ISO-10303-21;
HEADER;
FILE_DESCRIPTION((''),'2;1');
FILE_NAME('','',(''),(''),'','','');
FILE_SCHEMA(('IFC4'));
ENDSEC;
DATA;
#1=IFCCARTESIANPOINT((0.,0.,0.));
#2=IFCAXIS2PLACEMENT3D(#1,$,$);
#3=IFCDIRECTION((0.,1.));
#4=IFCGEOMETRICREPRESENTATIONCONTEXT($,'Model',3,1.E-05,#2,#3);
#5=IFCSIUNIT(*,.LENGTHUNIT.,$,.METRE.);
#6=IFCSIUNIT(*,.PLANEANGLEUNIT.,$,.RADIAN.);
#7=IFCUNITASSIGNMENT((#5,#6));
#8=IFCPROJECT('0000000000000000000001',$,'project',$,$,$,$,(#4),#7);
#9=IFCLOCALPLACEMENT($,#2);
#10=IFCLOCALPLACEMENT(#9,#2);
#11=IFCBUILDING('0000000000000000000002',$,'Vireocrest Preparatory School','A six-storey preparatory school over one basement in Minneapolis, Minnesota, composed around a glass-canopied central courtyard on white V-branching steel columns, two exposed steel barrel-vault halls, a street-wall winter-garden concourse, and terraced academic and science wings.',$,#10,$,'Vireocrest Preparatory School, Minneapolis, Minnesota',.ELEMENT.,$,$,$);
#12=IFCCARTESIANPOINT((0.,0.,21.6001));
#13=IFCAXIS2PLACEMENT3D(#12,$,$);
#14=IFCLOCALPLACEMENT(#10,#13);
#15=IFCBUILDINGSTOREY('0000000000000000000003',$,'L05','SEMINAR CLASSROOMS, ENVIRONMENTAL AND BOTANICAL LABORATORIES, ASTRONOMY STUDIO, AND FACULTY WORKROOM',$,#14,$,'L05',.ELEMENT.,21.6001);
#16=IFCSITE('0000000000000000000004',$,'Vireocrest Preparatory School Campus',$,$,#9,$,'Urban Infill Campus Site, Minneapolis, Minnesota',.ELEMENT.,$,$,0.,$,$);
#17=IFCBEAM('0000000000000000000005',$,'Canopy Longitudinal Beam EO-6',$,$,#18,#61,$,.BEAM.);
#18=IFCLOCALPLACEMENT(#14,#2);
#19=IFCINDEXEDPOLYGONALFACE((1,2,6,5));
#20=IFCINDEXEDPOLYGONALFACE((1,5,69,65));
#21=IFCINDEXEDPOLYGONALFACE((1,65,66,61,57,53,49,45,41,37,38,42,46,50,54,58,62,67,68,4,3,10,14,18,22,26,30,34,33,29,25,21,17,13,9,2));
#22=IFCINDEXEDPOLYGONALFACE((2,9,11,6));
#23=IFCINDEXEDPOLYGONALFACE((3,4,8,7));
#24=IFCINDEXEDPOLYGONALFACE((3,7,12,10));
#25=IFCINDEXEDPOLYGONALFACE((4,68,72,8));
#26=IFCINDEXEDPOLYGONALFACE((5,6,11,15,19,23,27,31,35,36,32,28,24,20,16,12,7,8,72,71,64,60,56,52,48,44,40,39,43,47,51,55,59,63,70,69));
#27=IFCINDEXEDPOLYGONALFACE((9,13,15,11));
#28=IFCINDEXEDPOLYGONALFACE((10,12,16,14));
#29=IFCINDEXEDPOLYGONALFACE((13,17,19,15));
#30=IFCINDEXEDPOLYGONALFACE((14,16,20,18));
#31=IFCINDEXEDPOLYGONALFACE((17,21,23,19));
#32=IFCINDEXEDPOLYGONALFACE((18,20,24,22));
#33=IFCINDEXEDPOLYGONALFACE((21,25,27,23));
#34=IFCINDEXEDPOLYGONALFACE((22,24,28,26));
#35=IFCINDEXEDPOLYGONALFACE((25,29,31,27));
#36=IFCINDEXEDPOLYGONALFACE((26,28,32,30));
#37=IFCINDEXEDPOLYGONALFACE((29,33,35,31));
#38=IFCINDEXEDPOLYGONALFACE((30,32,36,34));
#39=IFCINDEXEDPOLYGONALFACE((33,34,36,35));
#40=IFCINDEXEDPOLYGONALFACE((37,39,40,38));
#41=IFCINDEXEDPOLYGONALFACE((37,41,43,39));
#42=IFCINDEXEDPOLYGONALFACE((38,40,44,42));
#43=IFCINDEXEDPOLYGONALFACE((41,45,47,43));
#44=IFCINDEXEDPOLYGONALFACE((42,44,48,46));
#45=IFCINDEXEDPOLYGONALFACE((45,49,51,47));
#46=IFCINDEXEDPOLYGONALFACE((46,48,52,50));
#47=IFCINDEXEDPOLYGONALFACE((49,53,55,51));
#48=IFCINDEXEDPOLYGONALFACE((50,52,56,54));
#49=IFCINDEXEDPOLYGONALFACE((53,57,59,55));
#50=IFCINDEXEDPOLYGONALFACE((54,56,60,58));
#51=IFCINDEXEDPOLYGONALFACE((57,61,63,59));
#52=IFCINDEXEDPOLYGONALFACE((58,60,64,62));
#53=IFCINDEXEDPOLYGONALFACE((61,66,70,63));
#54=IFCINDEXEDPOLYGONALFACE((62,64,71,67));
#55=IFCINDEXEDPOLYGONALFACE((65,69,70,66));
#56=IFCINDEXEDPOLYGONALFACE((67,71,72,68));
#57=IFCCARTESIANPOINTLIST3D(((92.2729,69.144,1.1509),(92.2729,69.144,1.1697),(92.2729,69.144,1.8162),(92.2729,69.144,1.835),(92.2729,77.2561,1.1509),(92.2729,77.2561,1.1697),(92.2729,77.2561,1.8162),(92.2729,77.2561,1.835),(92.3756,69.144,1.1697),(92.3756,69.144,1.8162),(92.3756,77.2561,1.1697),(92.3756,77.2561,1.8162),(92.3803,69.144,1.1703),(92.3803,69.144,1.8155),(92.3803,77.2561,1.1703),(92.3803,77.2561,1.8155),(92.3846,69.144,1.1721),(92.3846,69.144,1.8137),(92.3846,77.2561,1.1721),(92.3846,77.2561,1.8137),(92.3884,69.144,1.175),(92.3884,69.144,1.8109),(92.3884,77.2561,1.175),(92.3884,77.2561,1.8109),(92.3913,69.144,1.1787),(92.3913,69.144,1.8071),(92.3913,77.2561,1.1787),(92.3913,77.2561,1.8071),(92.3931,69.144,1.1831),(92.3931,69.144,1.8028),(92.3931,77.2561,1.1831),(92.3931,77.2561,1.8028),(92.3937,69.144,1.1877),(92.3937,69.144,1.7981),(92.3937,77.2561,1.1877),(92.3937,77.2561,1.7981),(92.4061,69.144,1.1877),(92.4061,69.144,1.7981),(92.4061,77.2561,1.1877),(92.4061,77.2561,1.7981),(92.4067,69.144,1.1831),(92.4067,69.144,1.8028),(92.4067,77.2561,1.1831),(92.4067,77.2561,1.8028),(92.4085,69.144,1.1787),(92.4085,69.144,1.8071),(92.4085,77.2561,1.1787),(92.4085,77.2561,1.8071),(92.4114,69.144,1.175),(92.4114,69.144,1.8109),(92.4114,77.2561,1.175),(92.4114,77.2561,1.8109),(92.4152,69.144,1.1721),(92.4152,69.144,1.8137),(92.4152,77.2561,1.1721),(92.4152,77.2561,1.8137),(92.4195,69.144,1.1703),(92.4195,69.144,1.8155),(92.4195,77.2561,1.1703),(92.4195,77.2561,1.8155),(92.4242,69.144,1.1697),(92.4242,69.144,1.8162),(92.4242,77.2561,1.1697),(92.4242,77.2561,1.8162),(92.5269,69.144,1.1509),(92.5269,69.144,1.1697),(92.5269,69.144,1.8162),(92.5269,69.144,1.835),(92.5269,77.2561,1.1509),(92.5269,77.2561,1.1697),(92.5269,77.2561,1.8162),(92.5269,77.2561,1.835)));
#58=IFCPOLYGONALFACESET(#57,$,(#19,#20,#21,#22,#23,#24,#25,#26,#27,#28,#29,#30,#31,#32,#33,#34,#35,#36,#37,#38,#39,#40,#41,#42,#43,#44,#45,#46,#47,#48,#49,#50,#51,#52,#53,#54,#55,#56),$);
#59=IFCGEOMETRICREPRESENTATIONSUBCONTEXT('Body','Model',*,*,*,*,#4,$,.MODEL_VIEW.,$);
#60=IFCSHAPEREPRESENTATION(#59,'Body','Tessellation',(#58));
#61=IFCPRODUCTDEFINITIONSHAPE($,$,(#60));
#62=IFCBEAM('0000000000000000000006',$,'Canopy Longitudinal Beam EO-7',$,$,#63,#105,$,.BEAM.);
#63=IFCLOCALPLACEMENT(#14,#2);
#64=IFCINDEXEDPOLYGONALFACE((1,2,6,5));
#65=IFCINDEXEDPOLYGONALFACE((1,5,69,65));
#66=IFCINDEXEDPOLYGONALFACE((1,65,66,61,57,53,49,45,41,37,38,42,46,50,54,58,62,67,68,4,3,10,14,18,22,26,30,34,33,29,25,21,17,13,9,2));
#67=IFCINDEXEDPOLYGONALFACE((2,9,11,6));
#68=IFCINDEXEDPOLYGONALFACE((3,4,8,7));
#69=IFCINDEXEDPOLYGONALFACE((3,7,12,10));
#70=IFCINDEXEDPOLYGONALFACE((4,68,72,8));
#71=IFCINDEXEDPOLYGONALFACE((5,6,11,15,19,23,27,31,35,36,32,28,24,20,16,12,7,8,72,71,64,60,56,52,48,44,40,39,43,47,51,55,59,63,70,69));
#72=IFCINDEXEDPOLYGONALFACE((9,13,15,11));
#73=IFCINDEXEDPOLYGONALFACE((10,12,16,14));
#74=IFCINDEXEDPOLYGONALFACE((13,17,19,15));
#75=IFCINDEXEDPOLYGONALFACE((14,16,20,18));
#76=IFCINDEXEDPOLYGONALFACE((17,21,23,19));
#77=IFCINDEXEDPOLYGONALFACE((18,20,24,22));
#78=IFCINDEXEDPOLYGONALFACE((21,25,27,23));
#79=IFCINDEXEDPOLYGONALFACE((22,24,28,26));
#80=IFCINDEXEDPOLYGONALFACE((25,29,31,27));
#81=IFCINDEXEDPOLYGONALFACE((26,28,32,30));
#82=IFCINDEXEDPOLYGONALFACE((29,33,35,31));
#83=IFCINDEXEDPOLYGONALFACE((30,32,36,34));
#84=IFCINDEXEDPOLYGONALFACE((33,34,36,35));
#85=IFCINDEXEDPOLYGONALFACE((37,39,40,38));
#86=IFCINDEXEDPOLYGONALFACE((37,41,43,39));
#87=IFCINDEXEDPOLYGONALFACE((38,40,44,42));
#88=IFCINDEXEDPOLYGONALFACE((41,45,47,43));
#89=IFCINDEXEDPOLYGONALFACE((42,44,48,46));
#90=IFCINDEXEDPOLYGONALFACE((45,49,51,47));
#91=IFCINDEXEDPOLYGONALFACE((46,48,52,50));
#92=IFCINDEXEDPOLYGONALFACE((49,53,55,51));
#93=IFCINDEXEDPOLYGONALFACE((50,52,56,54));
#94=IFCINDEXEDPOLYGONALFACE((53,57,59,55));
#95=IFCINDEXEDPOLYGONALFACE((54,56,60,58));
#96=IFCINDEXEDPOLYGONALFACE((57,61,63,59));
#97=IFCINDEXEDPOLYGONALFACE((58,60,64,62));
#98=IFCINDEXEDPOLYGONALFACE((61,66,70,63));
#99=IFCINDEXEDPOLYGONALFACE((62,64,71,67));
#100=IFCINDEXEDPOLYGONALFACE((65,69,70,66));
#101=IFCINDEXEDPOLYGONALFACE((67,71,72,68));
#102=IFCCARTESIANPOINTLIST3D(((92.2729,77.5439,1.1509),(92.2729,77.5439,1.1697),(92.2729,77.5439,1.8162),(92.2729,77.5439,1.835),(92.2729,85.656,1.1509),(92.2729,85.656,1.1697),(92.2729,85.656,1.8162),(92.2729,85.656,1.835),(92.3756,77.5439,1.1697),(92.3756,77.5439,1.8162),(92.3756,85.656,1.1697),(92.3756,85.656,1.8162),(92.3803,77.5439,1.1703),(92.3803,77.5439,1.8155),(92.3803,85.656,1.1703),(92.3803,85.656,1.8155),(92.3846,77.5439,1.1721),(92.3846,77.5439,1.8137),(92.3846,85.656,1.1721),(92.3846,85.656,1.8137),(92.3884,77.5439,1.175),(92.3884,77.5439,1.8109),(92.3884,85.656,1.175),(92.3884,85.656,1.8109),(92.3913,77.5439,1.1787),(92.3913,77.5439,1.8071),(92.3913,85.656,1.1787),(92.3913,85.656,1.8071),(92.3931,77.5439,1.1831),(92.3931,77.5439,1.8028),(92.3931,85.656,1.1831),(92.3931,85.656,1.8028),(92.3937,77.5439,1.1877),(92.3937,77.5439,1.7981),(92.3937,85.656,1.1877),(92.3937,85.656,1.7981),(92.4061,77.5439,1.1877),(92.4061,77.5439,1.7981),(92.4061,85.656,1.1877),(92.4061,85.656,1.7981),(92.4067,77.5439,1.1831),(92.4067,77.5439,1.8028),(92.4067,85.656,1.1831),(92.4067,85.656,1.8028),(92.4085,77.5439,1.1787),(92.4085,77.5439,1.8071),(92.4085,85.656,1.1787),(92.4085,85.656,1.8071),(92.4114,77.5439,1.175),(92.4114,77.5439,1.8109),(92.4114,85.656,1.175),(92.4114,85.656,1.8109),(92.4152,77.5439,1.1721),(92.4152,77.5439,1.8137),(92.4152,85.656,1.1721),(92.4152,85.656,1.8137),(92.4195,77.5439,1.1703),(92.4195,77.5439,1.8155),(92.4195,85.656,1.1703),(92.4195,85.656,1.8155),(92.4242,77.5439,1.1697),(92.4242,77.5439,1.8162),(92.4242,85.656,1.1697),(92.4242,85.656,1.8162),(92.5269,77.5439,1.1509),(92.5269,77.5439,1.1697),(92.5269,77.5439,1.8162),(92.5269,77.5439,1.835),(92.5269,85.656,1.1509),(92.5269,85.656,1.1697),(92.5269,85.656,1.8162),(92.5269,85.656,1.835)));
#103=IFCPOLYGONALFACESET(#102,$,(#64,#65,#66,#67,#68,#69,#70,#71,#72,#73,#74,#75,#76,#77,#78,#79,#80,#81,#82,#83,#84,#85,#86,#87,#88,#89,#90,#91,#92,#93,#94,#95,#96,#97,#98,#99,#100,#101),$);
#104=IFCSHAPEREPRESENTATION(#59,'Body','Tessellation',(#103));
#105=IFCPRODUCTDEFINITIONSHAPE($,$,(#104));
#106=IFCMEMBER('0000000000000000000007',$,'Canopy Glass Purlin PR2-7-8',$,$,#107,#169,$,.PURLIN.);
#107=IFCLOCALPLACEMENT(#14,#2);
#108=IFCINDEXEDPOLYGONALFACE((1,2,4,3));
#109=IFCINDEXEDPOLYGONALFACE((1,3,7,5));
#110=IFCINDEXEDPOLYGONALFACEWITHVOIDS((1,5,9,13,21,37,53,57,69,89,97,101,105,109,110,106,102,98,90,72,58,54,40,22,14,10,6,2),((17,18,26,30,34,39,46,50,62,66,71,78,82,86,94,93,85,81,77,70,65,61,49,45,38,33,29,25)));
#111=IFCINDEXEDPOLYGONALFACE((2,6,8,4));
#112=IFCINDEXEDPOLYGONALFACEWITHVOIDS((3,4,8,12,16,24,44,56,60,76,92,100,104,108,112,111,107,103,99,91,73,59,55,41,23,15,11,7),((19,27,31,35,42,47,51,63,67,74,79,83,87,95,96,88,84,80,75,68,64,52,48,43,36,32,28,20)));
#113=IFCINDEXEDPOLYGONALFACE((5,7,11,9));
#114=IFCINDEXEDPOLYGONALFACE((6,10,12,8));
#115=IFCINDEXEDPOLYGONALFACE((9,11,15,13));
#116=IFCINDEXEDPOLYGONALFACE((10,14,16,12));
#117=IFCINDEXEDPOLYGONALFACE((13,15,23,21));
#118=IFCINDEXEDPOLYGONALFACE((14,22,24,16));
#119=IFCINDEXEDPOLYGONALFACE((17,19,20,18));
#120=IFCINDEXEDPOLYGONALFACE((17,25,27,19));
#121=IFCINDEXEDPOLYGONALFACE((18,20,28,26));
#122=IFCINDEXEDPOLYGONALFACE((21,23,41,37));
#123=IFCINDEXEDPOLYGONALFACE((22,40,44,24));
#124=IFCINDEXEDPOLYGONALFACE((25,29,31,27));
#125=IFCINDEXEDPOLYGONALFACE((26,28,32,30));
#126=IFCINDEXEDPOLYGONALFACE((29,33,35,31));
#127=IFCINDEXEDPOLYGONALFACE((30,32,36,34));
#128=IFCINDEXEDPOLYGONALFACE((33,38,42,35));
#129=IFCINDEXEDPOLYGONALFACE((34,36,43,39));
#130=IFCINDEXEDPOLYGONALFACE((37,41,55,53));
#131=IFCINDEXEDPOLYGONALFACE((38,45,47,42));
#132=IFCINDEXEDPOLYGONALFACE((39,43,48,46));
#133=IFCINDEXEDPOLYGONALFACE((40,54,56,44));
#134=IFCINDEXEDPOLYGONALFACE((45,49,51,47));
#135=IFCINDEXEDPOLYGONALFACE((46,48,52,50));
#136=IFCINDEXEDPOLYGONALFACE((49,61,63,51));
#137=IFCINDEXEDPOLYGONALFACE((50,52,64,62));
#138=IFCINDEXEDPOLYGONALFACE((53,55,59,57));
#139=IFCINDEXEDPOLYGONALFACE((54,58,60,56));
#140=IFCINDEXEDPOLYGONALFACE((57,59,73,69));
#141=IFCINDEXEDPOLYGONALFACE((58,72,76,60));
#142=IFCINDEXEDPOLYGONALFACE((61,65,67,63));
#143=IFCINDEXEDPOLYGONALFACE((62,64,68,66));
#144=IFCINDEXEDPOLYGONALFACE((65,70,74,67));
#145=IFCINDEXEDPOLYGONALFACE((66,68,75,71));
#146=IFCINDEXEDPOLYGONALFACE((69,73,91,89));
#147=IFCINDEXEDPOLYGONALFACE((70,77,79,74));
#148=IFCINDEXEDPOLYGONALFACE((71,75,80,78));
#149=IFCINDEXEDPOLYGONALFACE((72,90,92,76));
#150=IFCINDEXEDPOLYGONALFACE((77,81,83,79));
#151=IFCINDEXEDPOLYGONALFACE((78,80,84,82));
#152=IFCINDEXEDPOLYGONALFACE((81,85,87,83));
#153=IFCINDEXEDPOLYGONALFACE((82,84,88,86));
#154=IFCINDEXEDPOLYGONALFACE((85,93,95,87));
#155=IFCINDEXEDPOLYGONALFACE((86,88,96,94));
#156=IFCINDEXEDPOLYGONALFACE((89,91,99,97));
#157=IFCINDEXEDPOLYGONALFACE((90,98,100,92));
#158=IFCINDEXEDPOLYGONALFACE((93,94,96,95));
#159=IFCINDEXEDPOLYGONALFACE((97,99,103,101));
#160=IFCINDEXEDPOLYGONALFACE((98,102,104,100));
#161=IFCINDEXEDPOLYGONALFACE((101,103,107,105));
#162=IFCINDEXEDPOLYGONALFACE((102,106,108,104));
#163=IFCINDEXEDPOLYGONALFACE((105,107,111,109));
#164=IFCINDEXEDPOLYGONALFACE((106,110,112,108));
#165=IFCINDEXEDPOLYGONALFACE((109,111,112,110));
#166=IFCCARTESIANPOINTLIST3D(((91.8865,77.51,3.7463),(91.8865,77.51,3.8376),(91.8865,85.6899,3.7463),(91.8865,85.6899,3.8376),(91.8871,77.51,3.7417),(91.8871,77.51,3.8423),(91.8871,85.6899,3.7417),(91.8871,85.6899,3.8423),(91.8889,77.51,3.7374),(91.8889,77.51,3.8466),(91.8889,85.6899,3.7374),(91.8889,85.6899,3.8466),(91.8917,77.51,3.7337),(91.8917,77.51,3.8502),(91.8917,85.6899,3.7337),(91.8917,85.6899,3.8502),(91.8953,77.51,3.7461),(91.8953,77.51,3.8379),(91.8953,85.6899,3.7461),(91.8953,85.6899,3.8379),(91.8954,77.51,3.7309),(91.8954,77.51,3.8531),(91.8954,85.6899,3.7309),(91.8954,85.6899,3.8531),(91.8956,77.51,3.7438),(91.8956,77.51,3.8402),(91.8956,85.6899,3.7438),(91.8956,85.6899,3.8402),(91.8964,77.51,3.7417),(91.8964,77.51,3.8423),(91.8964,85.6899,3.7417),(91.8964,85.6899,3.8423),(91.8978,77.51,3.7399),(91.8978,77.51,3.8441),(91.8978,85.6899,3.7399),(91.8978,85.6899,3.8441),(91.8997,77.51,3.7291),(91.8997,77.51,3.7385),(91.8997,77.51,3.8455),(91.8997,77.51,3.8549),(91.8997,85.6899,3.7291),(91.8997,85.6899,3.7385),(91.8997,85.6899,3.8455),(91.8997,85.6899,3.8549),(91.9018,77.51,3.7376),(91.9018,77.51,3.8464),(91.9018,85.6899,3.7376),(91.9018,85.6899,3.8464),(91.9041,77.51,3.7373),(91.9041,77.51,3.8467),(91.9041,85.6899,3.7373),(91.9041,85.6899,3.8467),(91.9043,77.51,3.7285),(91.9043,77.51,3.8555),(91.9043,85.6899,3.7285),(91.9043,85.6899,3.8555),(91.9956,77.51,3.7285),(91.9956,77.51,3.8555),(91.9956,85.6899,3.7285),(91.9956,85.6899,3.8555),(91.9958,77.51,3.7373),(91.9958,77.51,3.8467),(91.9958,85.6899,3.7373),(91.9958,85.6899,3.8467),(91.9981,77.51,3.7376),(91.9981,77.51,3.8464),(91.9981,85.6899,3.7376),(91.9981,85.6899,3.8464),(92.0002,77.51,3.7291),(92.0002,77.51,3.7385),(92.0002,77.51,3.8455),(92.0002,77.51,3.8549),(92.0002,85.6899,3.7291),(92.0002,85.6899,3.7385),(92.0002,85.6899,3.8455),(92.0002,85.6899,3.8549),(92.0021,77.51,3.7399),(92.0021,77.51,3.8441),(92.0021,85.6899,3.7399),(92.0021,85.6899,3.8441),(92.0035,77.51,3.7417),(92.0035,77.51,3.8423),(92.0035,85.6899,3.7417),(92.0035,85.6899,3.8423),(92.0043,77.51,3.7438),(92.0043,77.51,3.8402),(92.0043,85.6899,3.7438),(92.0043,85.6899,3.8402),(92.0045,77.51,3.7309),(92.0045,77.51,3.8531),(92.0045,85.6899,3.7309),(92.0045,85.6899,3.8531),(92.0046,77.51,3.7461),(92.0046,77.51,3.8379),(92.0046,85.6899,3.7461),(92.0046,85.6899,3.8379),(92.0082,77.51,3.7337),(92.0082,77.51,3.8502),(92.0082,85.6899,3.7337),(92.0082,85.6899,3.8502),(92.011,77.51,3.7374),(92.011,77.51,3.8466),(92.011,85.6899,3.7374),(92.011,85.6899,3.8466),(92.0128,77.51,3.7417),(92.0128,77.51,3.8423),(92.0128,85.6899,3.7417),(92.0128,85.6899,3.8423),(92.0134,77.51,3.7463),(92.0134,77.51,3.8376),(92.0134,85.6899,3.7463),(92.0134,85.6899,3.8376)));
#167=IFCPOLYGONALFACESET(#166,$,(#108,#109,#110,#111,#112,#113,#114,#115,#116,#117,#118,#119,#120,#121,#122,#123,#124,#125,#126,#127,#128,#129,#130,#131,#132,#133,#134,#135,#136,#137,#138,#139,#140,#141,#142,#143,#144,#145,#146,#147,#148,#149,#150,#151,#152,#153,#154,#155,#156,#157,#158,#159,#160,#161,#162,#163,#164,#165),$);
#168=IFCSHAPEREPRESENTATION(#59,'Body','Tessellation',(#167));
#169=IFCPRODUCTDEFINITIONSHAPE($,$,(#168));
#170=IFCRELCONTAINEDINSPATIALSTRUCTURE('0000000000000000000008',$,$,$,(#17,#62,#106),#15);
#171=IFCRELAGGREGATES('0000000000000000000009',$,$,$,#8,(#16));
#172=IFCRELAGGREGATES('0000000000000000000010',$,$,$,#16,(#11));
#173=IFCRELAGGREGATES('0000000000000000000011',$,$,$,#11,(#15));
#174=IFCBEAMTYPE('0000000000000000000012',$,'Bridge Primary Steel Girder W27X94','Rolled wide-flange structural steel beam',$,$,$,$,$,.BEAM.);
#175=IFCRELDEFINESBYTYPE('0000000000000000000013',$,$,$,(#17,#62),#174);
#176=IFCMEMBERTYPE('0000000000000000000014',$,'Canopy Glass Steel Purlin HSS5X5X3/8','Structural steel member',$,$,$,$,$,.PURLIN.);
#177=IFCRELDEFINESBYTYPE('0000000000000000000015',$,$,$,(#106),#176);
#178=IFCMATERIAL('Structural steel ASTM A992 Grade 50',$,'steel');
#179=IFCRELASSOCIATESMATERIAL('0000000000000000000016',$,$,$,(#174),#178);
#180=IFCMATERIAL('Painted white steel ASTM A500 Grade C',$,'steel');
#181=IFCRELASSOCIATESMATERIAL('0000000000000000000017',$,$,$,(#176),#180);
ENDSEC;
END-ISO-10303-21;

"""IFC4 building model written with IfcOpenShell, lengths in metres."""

from ifc_helpers import new_model, si_unit, direction, frame, origin, origin_2d, place, context, subcontext, project, spatial, hollow_rectangle, i_section, extrude, material, material_profile, profile_set, type_object, element, save


model = new_model("IFC4")

# Units and contexts
model_context = context("Model", 3, precision=1e-05, world=origin(), true_north=direction((0.0, 1.0)))
body_context = subcontext(model_context, "Body", "Model", "MODEL_VIEW")
ifc_project = project(units=[si_unit("LENGTHUNIT", "METRE"), si_unit("PLANEANGLEUNIT", "RADIAN")], contexts=[model_context])

# Site, building, storey
site_placement = place(None, origin())
site = spatial("IfcSite", under=ifc_project, at=site_placement, Name="Vireocrest Preparatory School Campus", LongName="Urban Infill Campus Site, Minneapolis, Minnesota", CompositionType="ELEMENT", RefElevation=0.0)
building_placement = place(site_placement, origin())
building = spatial("IfcBuilding", under=site, at=building_placement, Name="Vireocrest Preparatory School", Description="A six-storey preparatory school over one basement in Minneapolis, Minnesota, composed around a glass-canopied central courtyard on white V-branching steel columns, two exposed steel barrel-vault halls, a street-wall winter-garden concourse, and terraced academic and science wings.", LongName="Vireocrest Preparatory School, Minneapolis, Minnesota", CompositionType="ELEMENT")
storey_placement = place(building_placement, frame((0.0, 0.0, 21.6001)))
storey = spatial("IfcBuildingStorey", under=building, at=storey_placement, Name="L05", Description="SEMINAR CLASSROOMS, ENVIRONMENTAL AND BOTANICAL LABORATORIES, ASTRONOMY STUDIO, AND FACULTY WORKROOM", LongName="L05", CompositionType="ELEMENT", Elevation=21.6001)

# Beams
ifc_material_1 = material(Name="Structural steel ASTM A992 Grade 50", Category="steel")
ifc_material_profile_1 = material_profile(ifc_material_1, i_section(OverallWidth=0.2539, OverallDepth=0.6841, WebThickness=0.0125, FlangeThickness=0.0188, FilletRadius=0.0181, at=origin_2d()), Name="W27X94")
ifc_profile_set_1 = profile_set([ifc_material_profile_1], Name="Structural steel ASTM A992 Grade 50")
beam_type_1 = type_object("IfcBeamType", Name="Bridge Primary Steel Girder W27X94", Description="Rolled wide-flange structural steel beam", PredefinedType="BEAM", material=ifc_profile_set_1)
for number, where, z_axis, x_axis, name in (
    (1, (92.3999, 69.144, 1.4929), (0.0, 1.0, 0.0), (-1.0, 0.0, 0.0), "Canopy Longitudinal Beam EO-6"),
    (2, (92.3999, 77.5439, 1.4929), (0.0, 1.0, 0.0), (-1.0, 0.0, 0.0), "Canopy Longitudinal Beam EO-7"),
):
    element("IfcBeam", number, at=place(storey_placement, frame(where, z_axis=z_axis, x_axis=x_axis)), inside=storey, type_object=beam_type_1, Name=name, PredefinedType="BEAM", context=body_context, shape_type="SweptSolid", body=[
        extrude(i_section(OverallWidth=0.2539, OverallDepth=0.6841, WebThickness=0.0125, FlangeThickness=0.0188, FilletRadius=0.0181, at=origin_2d()), origin(), (0.0, 0.0, 1.0), 8.1121),
    ])

# Member
ifc_material_2 = material(Name="Painted white steel ASTM A500 Grade C", Category="steel")
ifc_material_profile_2 = material_profile(ifc_material_2, hollow_rectangle(XDim=0.127, YDim=0.127, WallThickness=0.0088, InnerFilletRadius=0.0088, OuterFilletRadius=0.0178, at=origin_2d()), Name="HSS5X5X3/8")
ifc_profile_set_2 = profile_set([ifc_material_profile_2], Name="Painted white steel ASTM A500 Grade C")
member_type_1 = type_object("IfcMemberType", Name="Canopy Glass Steel Purlin HSS5X5X3/8", Description="Structural steel member", PredefinedType="PURLIN", material=ifc_profile_set_2)
member_1_placement = place(storey_placement, frame((91.95, 77.51, 3.792), z_axis=(0.0, 1.0, 0.0), x_axis=(-1.0, 0.0, 0.0)))
element("IfcMember", 3, at=member_1_placement, inside=storey, type_object=member_type_1, Name="Canopy Glass Purlin PR2-7-8", PredefinedType="PURLIN", context=body_context, shape_type="SweptSolid", body=[
    extrude(hollow_rectangle(XDim=0.127, YDim=0.127, WallThickness=0.0088, InnerFilletRadius=0.0088, OuterFilletRadius=0.0178, at=origin_2d()), origin(), (0.0, 0.0, 1.0), 8.1799),
])

save(model, "model.ifc")
